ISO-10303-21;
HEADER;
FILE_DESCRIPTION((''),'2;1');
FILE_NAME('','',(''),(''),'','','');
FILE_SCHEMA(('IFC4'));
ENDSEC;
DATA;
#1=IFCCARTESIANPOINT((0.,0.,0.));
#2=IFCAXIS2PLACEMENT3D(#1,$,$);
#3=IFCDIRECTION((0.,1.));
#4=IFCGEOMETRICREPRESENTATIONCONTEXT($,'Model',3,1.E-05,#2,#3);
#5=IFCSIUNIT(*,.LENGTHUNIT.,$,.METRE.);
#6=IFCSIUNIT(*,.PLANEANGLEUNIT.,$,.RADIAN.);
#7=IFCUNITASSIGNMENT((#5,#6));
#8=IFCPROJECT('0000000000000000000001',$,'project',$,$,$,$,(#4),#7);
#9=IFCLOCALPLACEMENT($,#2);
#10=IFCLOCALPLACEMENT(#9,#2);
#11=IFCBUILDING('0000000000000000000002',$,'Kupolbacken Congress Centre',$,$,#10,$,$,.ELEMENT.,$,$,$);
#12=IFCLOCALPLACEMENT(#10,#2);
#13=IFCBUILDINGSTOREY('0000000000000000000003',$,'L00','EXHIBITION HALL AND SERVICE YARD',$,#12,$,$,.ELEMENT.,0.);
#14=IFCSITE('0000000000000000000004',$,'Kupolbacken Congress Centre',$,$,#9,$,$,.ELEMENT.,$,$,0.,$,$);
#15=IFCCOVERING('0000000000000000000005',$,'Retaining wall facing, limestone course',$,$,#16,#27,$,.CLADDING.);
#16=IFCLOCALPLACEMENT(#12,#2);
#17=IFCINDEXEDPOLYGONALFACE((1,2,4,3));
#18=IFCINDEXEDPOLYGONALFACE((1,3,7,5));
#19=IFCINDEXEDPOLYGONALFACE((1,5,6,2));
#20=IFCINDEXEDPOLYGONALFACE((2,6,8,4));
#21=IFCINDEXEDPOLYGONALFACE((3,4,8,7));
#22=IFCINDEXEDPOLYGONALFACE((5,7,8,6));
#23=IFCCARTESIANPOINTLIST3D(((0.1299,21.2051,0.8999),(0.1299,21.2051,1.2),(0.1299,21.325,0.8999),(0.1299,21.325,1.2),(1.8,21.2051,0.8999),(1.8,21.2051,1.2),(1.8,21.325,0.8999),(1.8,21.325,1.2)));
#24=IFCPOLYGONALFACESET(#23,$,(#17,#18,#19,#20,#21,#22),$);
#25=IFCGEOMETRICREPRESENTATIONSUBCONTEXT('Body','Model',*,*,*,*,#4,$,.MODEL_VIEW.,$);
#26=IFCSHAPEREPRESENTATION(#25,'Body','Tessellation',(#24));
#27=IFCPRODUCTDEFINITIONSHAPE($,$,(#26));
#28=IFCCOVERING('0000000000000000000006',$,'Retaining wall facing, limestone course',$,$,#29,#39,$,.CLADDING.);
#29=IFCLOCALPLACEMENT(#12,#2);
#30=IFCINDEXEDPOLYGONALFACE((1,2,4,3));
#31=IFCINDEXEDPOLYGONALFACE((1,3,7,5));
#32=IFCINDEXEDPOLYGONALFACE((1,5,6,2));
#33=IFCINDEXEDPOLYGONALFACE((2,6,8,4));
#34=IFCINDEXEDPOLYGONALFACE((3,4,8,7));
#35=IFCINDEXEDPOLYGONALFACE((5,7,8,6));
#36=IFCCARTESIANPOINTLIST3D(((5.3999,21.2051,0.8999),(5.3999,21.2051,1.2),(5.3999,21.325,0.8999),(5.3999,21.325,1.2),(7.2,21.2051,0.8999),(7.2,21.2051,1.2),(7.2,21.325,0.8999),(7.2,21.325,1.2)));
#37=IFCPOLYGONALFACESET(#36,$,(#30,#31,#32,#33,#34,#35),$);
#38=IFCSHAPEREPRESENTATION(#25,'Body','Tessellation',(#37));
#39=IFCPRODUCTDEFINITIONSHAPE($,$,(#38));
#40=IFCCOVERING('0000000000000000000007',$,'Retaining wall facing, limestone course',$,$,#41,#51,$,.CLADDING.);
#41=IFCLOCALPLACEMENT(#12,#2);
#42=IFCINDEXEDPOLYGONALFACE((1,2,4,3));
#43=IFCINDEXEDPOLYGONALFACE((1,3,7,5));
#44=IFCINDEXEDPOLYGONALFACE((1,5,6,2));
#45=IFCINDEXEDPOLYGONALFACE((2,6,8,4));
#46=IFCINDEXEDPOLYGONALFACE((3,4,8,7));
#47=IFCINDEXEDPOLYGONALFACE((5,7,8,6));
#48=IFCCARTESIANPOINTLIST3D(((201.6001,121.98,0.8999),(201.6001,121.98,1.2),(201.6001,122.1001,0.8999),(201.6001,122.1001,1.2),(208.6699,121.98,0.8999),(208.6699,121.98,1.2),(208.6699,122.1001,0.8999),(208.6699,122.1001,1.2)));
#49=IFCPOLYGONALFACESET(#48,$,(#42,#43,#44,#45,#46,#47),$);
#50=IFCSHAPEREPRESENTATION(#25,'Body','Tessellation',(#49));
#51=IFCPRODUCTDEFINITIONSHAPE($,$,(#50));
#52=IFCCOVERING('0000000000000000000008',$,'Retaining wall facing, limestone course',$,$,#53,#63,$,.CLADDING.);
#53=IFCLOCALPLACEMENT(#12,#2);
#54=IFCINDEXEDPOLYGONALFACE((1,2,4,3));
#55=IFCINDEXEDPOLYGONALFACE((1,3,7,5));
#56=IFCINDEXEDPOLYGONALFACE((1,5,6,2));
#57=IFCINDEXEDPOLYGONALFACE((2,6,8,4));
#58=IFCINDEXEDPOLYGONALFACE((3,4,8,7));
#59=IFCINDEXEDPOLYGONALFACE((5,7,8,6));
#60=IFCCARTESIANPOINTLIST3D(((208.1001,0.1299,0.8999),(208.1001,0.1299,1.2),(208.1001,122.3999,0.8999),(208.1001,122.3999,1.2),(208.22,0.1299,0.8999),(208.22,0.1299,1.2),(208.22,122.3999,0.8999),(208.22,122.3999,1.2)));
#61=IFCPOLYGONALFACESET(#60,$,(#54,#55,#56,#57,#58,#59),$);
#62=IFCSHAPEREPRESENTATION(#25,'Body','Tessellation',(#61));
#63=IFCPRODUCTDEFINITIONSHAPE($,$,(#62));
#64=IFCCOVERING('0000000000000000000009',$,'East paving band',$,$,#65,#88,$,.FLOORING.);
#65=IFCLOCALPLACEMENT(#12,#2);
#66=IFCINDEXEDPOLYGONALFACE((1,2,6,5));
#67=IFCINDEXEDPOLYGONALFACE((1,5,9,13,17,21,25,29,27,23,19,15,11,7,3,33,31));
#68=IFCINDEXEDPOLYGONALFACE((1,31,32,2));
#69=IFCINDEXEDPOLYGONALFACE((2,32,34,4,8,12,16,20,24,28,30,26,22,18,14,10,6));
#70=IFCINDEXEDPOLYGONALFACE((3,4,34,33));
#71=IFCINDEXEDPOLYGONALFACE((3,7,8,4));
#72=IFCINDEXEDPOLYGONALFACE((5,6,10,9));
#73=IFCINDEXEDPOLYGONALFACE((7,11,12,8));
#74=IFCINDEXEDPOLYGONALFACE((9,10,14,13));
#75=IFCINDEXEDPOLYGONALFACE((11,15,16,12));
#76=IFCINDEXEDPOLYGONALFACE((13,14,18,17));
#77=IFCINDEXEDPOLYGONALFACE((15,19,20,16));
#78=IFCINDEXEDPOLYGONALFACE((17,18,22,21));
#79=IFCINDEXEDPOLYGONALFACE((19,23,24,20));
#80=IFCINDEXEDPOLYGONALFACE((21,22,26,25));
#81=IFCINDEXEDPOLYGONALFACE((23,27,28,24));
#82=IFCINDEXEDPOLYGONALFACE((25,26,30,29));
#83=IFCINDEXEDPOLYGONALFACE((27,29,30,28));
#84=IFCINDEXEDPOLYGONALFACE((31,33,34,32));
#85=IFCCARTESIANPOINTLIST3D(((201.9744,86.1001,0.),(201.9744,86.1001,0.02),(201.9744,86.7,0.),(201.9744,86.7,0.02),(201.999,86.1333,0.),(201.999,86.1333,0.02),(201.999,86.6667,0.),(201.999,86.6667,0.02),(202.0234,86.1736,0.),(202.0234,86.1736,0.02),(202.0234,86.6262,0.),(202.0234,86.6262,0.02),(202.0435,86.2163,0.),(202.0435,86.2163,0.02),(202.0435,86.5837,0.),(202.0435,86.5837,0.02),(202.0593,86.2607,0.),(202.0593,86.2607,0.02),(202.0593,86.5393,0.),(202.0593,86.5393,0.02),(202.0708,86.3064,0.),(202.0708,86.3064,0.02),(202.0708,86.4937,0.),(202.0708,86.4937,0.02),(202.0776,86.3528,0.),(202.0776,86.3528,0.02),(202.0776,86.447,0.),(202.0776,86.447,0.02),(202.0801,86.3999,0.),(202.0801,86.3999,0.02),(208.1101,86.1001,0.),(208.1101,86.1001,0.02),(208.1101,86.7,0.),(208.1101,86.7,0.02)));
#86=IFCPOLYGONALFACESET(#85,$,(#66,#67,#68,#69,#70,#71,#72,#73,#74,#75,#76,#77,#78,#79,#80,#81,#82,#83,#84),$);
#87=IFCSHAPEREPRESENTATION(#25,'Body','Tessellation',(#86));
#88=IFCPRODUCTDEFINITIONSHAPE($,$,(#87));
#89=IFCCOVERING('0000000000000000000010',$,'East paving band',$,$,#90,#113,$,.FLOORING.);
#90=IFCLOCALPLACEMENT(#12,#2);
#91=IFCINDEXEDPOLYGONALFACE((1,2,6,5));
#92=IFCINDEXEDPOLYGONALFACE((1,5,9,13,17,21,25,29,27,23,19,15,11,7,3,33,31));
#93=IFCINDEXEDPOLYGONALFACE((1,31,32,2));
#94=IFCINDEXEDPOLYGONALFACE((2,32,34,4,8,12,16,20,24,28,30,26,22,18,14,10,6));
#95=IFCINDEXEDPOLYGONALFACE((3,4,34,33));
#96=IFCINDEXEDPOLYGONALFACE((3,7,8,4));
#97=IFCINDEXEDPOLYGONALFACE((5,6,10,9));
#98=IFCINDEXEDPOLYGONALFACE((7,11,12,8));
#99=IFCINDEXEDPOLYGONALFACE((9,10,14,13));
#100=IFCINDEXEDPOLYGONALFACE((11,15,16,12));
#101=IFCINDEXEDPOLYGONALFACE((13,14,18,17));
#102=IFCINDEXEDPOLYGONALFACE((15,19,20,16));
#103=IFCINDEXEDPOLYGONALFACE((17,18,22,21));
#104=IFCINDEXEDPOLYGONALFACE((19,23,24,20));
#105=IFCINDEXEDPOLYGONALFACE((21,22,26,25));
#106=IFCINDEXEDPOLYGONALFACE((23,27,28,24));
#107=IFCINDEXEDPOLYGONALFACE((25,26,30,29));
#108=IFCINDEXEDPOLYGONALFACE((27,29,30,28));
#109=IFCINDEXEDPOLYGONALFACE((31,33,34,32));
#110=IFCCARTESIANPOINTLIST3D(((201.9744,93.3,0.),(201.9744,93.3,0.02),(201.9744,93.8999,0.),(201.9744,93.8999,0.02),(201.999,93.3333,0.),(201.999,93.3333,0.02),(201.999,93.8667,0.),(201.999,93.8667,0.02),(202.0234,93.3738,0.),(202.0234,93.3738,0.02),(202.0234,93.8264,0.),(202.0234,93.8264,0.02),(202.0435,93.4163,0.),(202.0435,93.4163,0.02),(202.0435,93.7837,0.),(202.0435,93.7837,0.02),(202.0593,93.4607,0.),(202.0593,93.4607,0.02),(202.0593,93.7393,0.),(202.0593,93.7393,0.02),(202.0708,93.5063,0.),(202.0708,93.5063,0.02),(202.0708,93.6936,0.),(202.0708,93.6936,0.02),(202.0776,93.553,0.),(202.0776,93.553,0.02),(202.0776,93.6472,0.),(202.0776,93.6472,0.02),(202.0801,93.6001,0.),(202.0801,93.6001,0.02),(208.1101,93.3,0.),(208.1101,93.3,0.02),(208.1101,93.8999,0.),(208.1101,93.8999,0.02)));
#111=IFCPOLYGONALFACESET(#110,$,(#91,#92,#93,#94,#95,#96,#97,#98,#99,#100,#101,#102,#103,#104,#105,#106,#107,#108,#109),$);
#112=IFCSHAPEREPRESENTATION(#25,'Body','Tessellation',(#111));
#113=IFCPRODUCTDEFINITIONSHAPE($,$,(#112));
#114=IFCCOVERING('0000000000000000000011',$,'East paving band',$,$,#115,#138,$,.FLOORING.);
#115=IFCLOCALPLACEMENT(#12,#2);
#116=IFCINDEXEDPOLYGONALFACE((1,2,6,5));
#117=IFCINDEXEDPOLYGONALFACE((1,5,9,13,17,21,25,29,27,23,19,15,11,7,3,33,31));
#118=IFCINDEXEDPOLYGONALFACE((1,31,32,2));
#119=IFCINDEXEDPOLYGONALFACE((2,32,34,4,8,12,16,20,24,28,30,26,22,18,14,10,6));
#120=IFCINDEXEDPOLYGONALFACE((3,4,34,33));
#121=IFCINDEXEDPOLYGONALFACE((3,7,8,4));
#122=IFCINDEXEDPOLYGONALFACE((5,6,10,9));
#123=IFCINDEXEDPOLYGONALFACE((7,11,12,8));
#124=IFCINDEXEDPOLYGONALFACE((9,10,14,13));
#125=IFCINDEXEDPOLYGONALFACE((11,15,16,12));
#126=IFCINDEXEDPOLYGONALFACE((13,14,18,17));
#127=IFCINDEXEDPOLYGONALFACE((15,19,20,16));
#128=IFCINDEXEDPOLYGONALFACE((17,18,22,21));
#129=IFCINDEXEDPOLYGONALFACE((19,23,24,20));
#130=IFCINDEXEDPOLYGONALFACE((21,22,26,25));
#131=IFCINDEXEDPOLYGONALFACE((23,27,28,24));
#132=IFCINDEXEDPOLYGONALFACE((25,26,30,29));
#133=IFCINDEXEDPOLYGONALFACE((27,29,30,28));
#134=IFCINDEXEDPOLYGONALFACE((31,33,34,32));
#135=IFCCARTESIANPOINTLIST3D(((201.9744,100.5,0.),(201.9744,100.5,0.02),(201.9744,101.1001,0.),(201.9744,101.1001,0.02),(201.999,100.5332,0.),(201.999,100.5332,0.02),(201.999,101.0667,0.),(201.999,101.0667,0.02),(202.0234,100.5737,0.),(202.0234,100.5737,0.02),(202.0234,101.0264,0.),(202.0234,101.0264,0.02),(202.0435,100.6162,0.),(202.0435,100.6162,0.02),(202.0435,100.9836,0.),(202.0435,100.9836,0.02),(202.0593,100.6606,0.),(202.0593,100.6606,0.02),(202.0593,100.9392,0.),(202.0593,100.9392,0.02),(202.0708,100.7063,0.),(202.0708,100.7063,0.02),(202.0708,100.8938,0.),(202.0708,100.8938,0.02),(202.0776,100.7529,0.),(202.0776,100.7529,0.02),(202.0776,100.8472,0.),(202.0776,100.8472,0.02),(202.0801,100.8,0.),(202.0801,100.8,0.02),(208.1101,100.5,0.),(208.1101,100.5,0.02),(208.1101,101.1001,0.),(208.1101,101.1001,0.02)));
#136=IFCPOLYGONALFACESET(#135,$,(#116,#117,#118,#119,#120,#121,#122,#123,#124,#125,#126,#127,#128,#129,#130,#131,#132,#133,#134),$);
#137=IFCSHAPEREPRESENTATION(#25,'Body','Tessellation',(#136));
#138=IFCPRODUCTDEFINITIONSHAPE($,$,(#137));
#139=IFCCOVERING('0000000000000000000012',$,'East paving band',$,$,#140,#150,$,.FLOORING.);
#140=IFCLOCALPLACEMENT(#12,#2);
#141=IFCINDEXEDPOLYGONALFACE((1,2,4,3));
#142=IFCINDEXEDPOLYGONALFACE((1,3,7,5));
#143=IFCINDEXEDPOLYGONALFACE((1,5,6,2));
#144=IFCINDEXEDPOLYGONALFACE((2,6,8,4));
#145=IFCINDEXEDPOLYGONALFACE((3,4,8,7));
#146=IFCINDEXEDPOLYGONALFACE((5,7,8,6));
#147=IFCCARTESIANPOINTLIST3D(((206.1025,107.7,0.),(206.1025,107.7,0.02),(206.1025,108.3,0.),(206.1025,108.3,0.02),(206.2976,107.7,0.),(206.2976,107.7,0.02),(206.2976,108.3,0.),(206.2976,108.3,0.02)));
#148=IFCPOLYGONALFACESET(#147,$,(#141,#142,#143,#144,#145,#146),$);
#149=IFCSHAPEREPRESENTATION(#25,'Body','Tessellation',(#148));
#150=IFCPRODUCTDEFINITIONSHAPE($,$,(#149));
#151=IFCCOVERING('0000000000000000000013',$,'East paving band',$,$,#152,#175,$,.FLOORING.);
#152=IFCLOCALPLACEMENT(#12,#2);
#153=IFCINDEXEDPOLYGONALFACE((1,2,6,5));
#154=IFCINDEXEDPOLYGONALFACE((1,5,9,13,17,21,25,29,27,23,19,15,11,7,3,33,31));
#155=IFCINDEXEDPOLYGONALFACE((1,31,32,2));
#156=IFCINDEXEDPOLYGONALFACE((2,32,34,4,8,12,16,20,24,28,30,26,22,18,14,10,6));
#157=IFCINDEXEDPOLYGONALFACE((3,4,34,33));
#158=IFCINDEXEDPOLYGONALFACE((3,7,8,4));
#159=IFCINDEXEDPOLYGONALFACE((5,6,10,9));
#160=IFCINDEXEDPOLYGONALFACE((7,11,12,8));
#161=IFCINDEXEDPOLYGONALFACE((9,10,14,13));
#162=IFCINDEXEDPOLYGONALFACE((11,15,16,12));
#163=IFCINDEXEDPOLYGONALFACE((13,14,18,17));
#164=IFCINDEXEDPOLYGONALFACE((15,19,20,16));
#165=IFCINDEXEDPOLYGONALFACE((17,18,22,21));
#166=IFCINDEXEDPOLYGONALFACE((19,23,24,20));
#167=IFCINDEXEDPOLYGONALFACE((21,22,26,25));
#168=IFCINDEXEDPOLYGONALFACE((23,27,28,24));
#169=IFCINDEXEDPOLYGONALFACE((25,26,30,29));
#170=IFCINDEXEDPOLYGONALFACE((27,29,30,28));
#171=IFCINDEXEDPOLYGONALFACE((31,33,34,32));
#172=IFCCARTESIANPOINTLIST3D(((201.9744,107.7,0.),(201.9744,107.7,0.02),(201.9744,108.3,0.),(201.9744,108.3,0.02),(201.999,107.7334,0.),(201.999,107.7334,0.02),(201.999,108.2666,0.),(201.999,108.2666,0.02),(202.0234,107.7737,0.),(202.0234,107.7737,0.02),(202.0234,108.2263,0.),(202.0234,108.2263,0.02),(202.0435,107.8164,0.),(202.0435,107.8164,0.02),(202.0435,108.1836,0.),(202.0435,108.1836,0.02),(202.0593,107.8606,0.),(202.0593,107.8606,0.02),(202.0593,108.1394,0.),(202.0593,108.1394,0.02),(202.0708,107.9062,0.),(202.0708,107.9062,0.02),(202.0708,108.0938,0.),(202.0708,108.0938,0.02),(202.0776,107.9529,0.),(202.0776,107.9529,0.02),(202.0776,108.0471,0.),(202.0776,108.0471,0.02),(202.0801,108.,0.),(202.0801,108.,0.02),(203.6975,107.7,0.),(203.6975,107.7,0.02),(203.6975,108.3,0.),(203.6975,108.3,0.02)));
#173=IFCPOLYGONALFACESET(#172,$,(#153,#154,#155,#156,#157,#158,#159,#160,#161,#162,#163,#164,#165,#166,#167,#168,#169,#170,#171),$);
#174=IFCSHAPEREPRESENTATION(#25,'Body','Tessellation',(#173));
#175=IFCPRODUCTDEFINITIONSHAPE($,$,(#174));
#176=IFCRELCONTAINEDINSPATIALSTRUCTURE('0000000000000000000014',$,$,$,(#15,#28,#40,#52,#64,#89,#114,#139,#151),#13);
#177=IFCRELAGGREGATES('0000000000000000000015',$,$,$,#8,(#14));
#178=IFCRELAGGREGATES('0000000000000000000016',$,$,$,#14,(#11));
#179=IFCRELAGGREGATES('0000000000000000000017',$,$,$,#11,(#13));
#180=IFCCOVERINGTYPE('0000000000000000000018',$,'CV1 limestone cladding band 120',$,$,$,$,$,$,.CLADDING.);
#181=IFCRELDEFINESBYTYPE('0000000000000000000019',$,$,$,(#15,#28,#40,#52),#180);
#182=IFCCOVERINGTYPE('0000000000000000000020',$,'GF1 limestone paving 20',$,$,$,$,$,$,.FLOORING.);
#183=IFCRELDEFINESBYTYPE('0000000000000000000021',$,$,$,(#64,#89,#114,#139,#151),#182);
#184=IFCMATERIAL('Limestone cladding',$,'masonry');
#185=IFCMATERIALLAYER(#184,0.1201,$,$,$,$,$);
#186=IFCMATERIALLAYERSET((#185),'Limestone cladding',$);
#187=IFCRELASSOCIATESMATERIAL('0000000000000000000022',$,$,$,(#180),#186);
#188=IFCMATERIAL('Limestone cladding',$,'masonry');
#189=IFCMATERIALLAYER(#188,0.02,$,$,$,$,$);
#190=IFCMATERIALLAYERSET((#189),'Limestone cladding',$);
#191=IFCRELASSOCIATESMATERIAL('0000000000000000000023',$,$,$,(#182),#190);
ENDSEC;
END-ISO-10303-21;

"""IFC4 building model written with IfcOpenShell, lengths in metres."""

from ifc_helpers import new_model, si_unit, direction, frame, origin, place, context, subcontext, project, spatial, polyline, outline, extrude, material, layer, layer_set, type_object, element, save


model = new_model("IFC4")

# Units and contexts
model_context = context("Model", 3, precision=1e-05, world=origin(), true_north=direction((0.0, 1.0)))
body_context = subcontext(model_context, "Body", "Model", "MODEL_VIEW")
ifc_project = project(units=[si_unit("LENGTHUNIT", "METRE"), si_unit("PLANEANGLEUNIT", "RADIAN")], contexts=[model_context])

# Site, building, storey
site_placement = place(None, origin())
site = spatial("IfcSite", under=ifc_project, at=site_placement, Name="Kupolbacken Congress Centre", CompositionType="ELEMENT", RefElevation=0.0)
building_placement = place(site_placement, origin())
building = spatial("IfcBuilding", under=site, at=building_placement, Name="Kupolbacken Congress Centre", CompositionType="ELEMENT")
storey_placement = place(building_placement, origin())
storey = spatial("IfcBuildingStorey", under=building, at=storey_placement, Name="L00", Description="EXHIBITION HALL AND SERVICE YARD", CompositionType="ELEMENT", Elevation=0.0)

# Coverings
ifc_material_1 = material(Name="Limestone cladding", Category="masonry")
ifc_layer_1 = layer(ifc_material_1, 0.1201)
ifc_layer_set_1 = layer_set([ifc_layer_1], Name="Limestone cladding")
covering_type_1 = type_object("IfcCoveringType", Name="CV1 limestone cladding band 120", PredefinedType="CLADDING", material=ifc_layer_set_1)
covering_1_placement = place(storey_placement, frame((0.0, 0.0, 0.8999)))
element("IfcCovering", 1, at=covering_1_placement, inside=storey, type_object=covering_type_1, Name="Retaining wall facing, limestone course", PredefinedType="CLADDING", context=body_context, shape_type="SweptSolid", body=[
    extrude(outline(polyline([(0.1299, 21.2051), (0.1299, 21.325), (1.8, 21.325), (1.8, 21.2051), (0.1299, 21.2051)])), origin(), (0.0, 0.0, 1.0), 0.3),
])
covering_2_placement = place(storey_placement, frame((0.0, 0.0, 0.8999)))
element("IfcCovering", 2, at=covering_2_placement, inside=storey, type_object=covering_type_1, Name="Retaining wall facing, limestone course", PredefinedType="CLADDING", context=body_context, shape_type="SweptSolid", body=[
    extrude(outline(polyline([(5.3999, 21.2051), (5.3999, 21.325), (7.2, 21.325), (7.2, 21.2051), (5.3999, 21.2051)])), origin(), (0.0, 0.0, 1.0), 0.3),
])
covering_3_placement = place(storey_placement, frame((0.0, 0.0, 0.8999)))
element("IfcCovering", 3, at=covering_3_placement, inside=storey, type_object=covering_type_1, Name="Retaining wall facing, limestone course", PredefinedType="CLADDING", context=body_context, shape_type="SweptSolid", body=[
    extrude(outline(polyline([(201.6001, 121.98), (201.6001, 122.1001), (208.6699, 122.1001), (208.6699, 121.98), (201.6001, 121.98)])), origin(), (0.0, 0.0, 1.0), 0.3),
])
covering_4_placement = place(storey_placement, frame((0.0, 0.0, 0.8999)))
element("IfcCovering", 4, at=covering_4_placement, inside=storey, type_object=covering_type_1, Name="Retaining wall facing, limestone course", PredefinedType="CLADDING", context=body_context, shape_type="SweptSolid", body=[
    extrude(outline(polyline([(208.22, 0.1299), (208.1001, 0.1299), (208.1001, 122.3999), (208.22, 122.3999), (208.22, 0.1299)])), origin(), (0.0, 0.0, 1.0), 0.3),
])
ifc_material_2 = material(Name="Limestone cladding", Category="masonry")
ifc_layer_2 = layer(ifc_material_2, 0.02)
ifc_layer_set_2 = layer_set([ifc_layer_2], Name="Limestone cladding")
covering_type_2 = type_object("IfcCoveringType", Name="GF1 limestone paving 20", PredefinedType="FLOORING", material=ifc_layer_set_2)
covering_5_placement = place(storey_placement, origin())
element("IfcCovering", 5, at=covering_5_placement, inside=storey, type_object=covering_type_2, Name="East paving band", PredefinedType="FLOORING", context=body_context, shape_type="SweptSolid", body=[
    extrude(outline(polyline([(201.9744, 86.1001), (201.999, 86.1333), (202.0234, 86.1736), (202.0435, 86.2163), (202.0593, 86.2607), (202.0708, 86.3064), (202.0776, 86.3528), (202.0801, 86.3999), (202.0776, 86.447), (202.0708, 86.4937), (202.0593, 86.5393), (202.0435, 86.5837), (202.0234, 86.6262), (201.999, 86.6667), (201.9744, 86.7), (208.1101, 86.7), (208.1101, 86.1001), (201.9744, 86.1001)])), origin(), (0.0, 0.0, 1.0), 0.02),
])
covering_6_placement = place(storey_placement, origin())
element("IfcCovering", 6, at=covering_6_placement, inside=storey, type_object=covering_type_2, Name="East paving band", PredefinedType="FLOORING", context=body_context, shape_type="SweptSolid", body=[
    extrude(outline(polyline([(201.9744, 93.3), (201.999, 93.3333), (202.0234, 93.3738), (202.0435, 93.4163), (202.0593, 93.4607), (202.0708, 93.5063), (202.0776, 93.553), (202.0801, 93.6001), (202.0776, 93.6472), (202.0708, 93.6936), (202.0593, 93.7393), (202.0435, 93.7837), (202.0234, 93.8264), (201.999, 93.8667), (201.9744, 93.8999), (208.1101, 93.8999), (208.1101, 93.3), (201.9744, 93.3)])), origin(), (0.0, 0.0, 1.0), 0.02),
])
covering_7_placement = place(storey_placement, origin())
element("IfcCovering", 7, at=covering_7_placement, inside=storey, type_object=covering_type_2, Name="East paving band", PredefinedType="FLOORING", context=body_context, shape_type="SweptSolid", body=[
    extrude(outline(polyline([(201.9744, 100.5), (201.999, 100.5332), (202.0234, 100.5737), (202.0435, 100.6162), (202.0593, 100.6606), (202.0708, 100.7063), (202.0776, 100.7529), (202.0801, 100.8), (202.0776, 100.8472), (202.0708, 100.8938), (202.0593, 100.9392), (202.0435, 100.9836), (202.0234, 101.0264), (201.999, 101.0667), (201.9744, 101.1001), (208.1101, 101.1001), (208.1101, 100.5), (201.9744, 100.5)])), origin(), (0.0, 0.0, 1.0), 0.02),
])
covering_8_placement = place(storey_placement, origin())
element("IfcCovering", 8, at=covering_8_placement, inside=storey, type_object=covering_type_2, Name="East paving band", PredefinedType="FLOORING", context=body_context, shape_type="SweptSolid", body=[
    extrude(outline(polyline([(206.1025, 107.7), (206.1025, 108.3), (206.2976, 108.3), (206.2976, 107.7), (206.1025, 107.7)])), origin(), (0.0, 0.0, 1.0), 0.02),
])
covering_9_placement = place(storey_placement, origin())
element("IfcCovering", 9, at=covering_9_placement, inside=storey, type_object=covering_type_2, Name="East paving band", PredefinedType="FLOORING", context=body_context, shape_type="SweptSolid", body=[
    extrude(outline(polyline([(201.9744, 107.7), (201.999, 107.7334), (202.0234, 107.7737), (202.0435, 107.8164), (202.0593, 107.8606), (202.0708, 107.9062), (202.0776, 107.9529), (202.0801, 108.0), (202.0776, 108.0471), (202.0708, 108.0938), (202.0593, 108.1394), (202.0435, 108.1836), (202.0234, 108.2263), (201.999, 108.2666), (201.9744, 108.3), (203.6975, 108.3), (203.6975, 107.7), (201.9744, 107.7)])), origin(), (0.0, 0.0, 1.0), 0.02),
])

save(model, "model.ifc")
